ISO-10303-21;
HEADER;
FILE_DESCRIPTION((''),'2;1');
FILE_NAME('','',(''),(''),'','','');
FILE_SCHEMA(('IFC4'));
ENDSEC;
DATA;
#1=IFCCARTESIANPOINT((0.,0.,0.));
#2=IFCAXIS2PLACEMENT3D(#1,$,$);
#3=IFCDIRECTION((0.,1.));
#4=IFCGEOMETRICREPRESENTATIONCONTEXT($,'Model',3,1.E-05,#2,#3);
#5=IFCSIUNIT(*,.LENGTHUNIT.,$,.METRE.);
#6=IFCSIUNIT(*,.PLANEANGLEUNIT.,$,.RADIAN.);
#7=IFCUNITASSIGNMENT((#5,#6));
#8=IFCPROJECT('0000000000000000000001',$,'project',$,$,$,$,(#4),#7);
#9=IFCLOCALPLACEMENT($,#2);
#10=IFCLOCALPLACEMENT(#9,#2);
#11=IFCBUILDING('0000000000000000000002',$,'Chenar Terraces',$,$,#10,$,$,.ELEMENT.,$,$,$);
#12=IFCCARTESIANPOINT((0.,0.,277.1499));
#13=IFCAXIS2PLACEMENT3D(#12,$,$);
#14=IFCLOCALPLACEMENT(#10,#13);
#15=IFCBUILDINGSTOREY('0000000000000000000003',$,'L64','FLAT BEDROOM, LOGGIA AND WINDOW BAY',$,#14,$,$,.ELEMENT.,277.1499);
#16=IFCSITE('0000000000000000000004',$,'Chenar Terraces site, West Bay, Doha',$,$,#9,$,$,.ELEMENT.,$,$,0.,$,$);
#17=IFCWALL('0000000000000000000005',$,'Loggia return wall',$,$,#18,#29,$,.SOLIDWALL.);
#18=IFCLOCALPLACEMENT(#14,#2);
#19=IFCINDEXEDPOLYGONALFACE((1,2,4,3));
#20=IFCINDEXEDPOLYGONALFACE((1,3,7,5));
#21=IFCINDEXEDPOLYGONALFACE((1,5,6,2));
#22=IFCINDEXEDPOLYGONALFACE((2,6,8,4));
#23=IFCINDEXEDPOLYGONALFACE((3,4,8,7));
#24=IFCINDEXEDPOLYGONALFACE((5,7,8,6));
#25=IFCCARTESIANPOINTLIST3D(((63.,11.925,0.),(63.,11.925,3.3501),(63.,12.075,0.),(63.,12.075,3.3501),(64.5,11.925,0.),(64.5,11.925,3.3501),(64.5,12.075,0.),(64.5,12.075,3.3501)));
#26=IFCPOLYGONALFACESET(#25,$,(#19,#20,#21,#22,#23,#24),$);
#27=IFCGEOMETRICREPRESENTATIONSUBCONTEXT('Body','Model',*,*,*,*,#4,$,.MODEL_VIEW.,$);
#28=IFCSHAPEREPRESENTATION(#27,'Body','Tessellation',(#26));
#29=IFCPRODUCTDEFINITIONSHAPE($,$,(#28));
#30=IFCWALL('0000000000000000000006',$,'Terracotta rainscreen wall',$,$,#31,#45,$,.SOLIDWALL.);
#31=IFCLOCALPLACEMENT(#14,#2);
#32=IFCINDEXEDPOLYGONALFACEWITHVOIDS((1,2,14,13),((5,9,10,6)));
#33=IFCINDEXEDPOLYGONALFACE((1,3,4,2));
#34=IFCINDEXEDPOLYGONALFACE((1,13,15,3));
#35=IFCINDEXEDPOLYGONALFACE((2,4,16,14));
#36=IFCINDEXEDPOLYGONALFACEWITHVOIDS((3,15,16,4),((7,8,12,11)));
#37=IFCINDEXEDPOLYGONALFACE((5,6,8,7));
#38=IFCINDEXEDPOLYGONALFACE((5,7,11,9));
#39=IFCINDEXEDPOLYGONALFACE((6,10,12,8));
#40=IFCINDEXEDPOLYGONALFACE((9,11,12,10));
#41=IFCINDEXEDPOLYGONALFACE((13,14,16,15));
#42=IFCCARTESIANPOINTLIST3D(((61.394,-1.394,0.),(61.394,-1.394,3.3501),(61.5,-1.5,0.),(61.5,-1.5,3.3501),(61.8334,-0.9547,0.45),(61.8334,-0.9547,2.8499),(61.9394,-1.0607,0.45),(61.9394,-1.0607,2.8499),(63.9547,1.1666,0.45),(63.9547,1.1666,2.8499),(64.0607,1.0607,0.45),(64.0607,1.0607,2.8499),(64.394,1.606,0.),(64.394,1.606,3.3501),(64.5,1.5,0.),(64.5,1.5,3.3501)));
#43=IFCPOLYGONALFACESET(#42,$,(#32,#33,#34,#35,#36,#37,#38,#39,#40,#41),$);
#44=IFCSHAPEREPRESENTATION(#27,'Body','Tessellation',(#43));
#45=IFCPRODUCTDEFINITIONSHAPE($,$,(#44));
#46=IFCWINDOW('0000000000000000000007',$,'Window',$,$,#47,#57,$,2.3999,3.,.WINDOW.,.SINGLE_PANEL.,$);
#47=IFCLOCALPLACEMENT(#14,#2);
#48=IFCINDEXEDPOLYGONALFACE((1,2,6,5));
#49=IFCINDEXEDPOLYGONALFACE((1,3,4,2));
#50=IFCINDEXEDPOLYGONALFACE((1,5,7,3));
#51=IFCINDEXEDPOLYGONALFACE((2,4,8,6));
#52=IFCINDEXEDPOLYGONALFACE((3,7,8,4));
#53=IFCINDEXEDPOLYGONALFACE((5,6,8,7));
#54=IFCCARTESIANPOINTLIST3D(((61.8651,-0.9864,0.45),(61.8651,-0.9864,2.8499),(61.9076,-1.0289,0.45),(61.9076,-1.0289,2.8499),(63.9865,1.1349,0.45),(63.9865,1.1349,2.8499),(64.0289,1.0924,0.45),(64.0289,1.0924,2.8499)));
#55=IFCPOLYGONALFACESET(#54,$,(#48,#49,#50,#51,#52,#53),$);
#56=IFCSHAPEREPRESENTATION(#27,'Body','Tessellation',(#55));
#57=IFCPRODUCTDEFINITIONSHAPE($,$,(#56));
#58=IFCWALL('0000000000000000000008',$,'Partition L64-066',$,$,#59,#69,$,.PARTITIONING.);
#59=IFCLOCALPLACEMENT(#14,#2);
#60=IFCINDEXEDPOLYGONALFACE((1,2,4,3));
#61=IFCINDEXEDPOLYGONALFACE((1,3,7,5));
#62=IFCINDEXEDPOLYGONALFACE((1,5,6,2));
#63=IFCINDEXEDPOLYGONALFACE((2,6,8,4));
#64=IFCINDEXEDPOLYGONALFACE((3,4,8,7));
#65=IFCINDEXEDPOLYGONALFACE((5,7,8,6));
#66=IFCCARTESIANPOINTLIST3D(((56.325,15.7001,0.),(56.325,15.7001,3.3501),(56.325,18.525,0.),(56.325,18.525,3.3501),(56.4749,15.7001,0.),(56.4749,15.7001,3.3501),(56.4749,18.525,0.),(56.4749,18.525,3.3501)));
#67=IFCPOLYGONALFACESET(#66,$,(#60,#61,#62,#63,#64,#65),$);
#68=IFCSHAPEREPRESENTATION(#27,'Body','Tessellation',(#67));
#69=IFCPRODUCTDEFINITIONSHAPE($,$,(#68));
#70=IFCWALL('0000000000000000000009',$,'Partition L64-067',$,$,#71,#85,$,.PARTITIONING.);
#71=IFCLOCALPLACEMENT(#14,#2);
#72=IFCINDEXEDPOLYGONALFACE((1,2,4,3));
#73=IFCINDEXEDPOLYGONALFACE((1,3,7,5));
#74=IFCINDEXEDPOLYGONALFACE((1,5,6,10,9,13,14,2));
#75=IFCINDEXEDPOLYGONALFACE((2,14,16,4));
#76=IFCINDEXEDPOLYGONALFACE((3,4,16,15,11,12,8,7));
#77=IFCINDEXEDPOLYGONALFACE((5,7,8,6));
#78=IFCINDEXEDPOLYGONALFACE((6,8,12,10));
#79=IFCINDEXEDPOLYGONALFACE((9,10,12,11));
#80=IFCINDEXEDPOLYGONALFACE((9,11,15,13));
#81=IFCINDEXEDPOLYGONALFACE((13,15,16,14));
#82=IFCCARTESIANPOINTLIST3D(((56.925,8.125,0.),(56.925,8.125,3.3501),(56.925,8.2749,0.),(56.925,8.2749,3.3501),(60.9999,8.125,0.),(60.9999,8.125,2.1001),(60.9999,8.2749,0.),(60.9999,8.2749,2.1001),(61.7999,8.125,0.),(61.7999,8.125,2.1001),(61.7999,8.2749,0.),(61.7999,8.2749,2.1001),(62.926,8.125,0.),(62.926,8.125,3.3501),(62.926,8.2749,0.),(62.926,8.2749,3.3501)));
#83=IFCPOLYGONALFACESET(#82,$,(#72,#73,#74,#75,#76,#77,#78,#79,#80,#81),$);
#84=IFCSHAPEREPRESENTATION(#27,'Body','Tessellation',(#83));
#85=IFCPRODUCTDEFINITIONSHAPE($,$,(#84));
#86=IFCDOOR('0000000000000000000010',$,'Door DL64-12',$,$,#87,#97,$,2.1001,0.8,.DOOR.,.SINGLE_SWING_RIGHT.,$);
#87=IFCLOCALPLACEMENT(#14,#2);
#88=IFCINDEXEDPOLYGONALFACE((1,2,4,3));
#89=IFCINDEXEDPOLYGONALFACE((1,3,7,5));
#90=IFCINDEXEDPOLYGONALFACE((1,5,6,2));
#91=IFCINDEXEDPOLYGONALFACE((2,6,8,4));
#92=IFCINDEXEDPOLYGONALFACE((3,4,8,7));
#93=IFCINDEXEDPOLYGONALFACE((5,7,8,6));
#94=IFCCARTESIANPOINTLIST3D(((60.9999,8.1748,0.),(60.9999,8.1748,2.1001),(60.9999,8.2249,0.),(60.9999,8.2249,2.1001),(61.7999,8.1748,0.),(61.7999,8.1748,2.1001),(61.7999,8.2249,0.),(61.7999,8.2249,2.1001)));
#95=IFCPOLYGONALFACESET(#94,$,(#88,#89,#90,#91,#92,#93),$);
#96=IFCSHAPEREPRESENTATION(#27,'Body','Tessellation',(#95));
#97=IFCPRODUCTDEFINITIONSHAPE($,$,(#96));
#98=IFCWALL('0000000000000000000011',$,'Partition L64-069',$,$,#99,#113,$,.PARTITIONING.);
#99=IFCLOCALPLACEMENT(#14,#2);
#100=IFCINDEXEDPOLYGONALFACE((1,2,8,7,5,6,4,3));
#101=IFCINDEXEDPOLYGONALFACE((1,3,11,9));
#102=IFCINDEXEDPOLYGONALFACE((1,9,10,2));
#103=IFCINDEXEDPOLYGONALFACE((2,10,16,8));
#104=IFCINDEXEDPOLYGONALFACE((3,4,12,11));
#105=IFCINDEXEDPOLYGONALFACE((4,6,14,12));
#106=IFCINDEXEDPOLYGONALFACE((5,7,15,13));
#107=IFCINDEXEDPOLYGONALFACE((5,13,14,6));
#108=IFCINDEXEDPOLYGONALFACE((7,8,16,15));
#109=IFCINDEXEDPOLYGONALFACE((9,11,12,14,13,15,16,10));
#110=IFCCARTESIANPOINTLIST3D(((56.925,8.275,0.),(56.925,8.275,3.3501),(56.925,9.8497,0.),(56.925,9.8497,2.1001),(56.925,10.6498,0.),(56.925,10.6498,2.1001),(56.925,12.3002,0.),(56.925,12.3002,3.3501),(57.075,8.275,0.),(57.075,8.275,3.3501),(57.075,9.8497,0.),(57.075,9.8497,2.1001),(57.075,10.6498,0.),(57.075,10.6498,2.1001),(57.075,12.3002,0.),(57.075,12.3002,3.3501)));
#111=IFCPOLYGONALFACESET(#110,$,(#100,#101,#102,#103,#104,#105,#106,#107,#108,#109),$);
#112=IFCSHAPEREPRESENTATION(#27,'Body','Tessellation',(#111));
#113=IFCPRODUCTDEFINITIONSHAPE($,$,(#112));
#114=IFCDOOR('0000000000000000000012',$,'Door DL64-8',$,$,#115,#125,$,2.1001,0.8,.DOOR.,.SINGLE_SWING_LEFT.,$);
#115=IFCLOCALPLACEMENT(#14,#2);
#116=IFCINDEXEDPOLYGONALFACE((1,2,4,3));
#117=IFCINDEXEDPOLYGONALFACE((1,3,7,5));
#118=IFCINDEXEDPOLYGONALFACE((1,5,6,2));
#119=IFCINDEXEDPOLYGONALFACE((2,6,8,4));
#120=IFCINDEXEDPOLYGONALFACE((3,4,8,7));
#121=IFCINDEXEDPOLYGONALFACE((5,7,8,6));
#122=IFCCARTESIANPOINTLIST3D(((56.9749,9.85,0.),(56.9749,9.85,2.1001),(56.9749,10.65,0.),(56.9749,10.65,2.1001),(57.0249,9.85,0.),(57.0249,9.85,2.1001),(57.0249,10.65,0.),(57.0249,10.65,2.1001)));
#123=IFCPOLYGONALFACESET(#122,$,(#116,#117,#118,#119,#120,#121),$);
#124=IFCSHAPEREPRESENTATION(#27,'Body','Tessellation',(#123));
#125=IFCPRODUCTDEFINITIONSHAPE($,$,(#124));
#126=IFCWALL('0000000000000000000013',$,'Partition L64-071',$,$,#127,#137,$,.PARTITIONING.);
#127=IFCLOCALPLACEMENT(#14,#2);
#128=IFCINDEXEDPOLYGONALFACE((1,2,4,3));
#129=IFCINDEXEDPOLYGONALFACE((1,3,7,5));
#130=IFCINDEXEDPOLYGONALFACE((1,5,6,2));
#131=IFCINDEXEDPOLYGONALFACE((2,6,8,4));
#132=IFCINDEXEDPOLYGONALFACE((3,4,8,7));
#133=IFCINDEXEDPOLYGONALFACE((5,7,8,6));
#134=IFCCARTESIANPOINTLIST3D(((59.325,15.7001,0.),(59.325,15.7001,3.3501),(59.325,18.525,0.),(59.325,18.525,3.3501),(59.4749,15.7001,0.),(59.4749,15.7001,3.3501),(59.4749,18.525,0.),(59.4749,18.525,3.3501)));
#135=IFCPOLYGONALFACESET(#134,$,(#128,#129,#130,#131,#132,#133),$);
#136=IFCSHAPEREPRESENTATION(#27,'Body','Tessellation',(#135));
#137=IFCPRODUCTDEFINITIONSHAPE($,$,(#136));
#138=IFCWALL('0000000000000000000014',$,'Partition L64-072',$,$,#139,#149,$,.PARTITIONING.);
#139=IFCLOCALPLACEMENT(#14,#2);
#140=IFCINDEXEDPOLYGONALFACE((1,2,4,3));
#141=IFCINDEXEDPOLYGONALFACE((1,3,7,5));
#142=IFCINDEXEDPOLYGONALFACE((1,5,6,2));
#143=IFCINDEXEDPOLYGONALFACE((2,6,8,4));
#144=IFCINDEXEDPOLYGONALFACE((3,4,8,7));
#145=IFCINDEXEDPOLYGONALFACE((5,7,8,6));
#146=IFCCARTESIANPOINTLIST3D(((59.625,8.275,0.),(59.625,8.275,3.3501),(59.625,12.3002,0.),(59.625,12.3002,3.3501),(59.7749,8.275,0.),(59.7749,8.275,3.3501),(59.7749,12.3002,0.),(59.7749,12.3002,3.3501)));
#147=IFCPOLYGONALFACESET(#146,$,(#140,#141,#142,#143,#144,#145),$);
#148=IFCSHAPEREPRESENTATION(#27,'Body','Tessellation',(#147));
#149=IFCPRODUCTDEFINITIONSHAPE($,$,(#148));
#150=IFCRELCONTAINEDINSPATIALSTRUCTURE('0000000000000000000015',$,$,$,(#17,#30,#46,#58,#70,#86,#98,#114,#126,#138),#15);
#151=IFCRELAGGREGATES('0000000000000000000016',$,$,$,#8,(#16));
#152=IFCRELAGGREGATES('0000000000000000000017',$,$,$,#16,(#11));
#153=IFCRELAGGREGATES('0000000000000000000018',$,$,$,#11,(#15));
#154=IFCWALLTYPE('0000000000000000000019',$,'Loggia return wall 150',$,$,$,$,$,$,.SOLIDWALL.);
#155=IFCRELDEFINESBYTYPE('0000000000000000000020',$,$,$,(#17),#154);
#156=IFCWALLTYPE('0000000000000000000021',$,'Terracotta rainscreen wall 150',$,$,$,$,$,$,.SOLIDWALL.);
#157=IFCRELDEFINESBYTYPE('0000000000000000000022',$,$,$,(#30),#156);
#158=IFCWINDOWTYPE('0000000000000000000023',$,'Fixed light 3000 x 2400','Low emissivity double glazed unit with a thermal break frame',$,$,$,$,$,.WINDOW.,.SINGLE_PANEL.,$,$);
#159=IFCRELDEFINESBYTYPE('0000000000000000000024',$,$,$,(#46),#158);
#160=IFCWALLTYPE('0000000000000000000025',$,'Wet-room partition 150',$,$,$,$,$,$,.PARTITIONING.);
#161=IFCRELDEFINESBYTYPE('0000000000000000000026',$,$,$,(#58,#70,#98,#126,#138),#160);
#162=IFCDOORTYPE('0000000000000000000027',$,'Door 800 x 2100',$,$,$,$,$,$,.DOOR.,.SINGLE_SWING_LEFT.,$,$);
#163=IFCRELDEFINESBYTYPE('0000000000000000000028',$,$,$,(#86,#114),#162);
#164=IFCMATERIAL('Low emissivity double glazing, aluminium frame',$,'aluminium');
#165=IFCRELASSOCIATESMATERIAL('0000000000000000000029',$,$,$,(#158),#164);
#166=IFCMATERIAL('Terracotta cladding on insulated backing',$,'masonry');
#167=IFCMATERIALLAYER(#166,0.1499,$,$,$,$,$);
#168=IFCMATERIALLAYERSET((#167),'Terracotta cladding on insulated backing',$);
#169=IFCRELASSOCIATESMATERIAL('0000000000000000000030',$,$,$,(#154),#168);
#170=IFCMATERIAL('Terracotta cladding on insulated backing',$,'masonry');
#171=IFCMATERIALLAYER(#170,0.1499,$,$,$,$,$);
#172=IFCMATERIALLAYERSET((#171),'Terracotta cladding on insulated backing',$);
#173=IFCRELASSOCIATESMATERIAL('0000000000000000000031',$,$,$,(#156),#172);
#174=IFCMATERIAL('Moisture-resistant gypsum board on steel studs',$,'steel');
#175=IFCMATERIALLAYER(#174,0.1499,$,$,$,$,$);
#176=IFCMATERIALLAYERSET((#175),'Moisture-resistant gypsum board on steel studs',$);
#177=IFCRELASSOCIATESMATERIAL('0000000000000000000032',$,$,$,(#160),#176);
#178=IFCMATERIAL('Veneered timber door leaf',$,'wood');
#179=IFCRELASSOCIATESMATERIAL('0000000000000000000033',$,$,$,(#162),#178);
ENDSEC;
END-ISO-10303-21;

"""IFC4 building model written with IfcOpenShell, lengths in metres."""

from ifc_helpers import new_model, si_unit, direction, frame, frame_2d, origin, place, context, subcontext, project, spatial, rectangle, extrude, material, layer, layer_set, type_object, element, fill, save


model = new_model("IFC4")

# Units and contexts
model_context = context("Model", 3, precision=1e-05, world=origin(), true_north=direction((0.0, 1.0)))
body_context = subcontext(model_context, "Body", "Model", "MODEL_VIEW")
ifc_project = project(units=[si_unit("LENGTHUNIT", "METRE"), si_unit("PLANEANGLEUNIT", "RADIAN")], contexts=[model_context])

# Site, building, storey
site_placement = place(None, origin())
site = spatial("IfcSite", under=ifc_project, at=site_placement, Name="Chenar Terraces site, West Bay, Doha", CompositionType="ELEMENT", RefElevation=0.0)
building_placement = place(site_placement, origin())
building = spatial("IfcBuilding", under=site, at=building_placement, Name="Chenar Terraces", CompositionType="ELEMENT")
storey_placement = place(building_placement, frame((0.0, 0.0, 277.1499)))
storey = spatial("IfcBuildingStorey", under=building, at=storey_placement, Name="L64", Description="FLAT BEDROOM, LOGGIA AND WINDOW BAY", CompositionType="ELEMENT", Elevation=277.1499)

# Shared definitions
ifc_material_1 = material(Name="Low emissivity double glazing, aluminium frame", Category="aluminium")
window_type_1 = type_object("IfcWindowType", Name="Fixed light 3000 x 2400", Description="Low emissivity double glazed unit with a thermal break frame", PartitioningType="SINGLE_PANEL", PredefinedType="WINDOW", material=ifc_material_1)

# Wall
ifc_material_2 = material(Name="Terracotta cladding on insulated backing", Category="masonry")
ifc_layer_1 = layer(ifc_material_2, 0.1499)
ifc_layer_set_1 = layer_set([ifc_layer_1], Name="Terracotta cladding on insulated backing")
wall_type_1 = type_object("IfcWallType", Name="Loggia return wall 150", PredefinedType="SOLIDWALL", material=ifc_layer_set_1)
for number, where, z_axis, x_axis, name in (
    (1, (64.5, 12.0, 0.0), (0.0, 0.0, 1.0), (-1.0, 0.0, 0.0), "Loggia return wall"),
):
    element("IfcWall", number, at=place(storey_placement, frame(where, z_axis=z_axis, x_axis=x_axis)), inside=storey, type_object=wall_type_1, Name=name, PredefinedType="SOLIDWALL", context=body_context, shape_type="SweptSolid", body=[
        extrude(rectangle(XDim=1.5, YDim=0.1499, at=frame_2d((0.75, 0.0))), origin(), (0.0, 0.0, 1.0), 3.3501),
    ])

# Wall, opening, window
ifc_material_3 = material(Name="Terracotta cladding on insulated backing", Category="masonry")
ifc_layer_2 = layer(ifc_material_3, 0.1499)
ifc_layer_set_2 = layer_set([ifc_layer_2], Name="Terracotta cladding on insulated backing")
wall_type_2 = type_object("IfcWallType", Name="Terracotta rainscreen wall 150", PredefinedType="SOLIDWALL", material=ifc_layer_set_2)
wall_1_placement = place(storey_placement, frame((61.447, -1.447, 0.0), z_axis=(0.0, 0.0, 1.0), x_axis=(0.707107, 0.707107, 0.0)))
wall_1 = element("IfcWall", 2, at=wall_1_placement, inside=storey, type_object=wall_type_2, Name="Terracotta rainscreen wall", PredefinedType="SOLIDWALL", context=body_context, shape_type="SweptSolid", body=[
    extrude(rectangle(XDim=4.2427, YDim=0.1499, at=frame_2d((2.1213, 0.0))), origin(), (0.0, 0.0, 1.0), 3.3501),
])
opening_1_placement = place(wall_1_placement, frame((0.6213, 0.0, 0.45)))
opening_1 = element("IfcOpeningElement", 3, at=opening_1_placement, cuts=wall_1, PredefinedType="OPENING", context=body_context, shape_type="SweptSolid", body=[
    extrude(rectangle(XDim=3.0, YDim=2.3999, at=frame_2d((1.5, 1.2))), frame((0.0, 0.085, 0.0), z_axis=(0.0, -1.0, 0.0), x_axis=(1.0, 0.0, 0.0)), (0.0, 0.0, 1.0), 0.1699),
])
window_1_placement = place(opening_1_placement, origin())
window_1 = element("IfcWindow", 4, at=window_1_placement, inside=storey, type_object=window_type_1, Name="Window", OverallHeight=2.3999, OverallWidth=3.0, PartitioningType="SINGLE_PANEL", PredefinedType="WINDOW", context=body_context, shape_type="SweptSolid", body=[
    extrude(rectangle(XDim=3.0, YDim=2.3999, at=frame_2d((1.5, 1.2))), frame((0.0, 0.03, 0.0), z_axis=(0.0, -1.0, 0.0), x_axis=(1.0, 0.0, 0.0)), (0.0, 0.0, 1.0), 0.0601),
])
fill(opening_1, window_1)

# Wall
ifc_material_4 = material(Name="Moisture-resistant gypsum board on steel studs", Category="steel")
ifc_layer_3 = layer(ifc_material_4, 0.1499)
ifc_layer_set_3 = layer_set([ifc_layer_3], Name="Moisture-resistant gypsum board on steel studs")
wall_type_3 = type_object("IfcWallType", Name="Wet-room partition 150", PredefinedType="PARTITIONING", material=ifc_layer_set_3)
wall_2_placement = place(storey_placement, frame((56.3999, 15.7, 0.0), z_axis=(0.0, 0.0, 1.0), x_axis=(0.0, 1.0, 0.0)))
element("IfcWall", 5, at=wall_2_placement, inside=storey, type_object=wall_type_3, Name="Partition L64-066", PredefinedType="PARTITIONING", context=body_context, shape_type="SweptSolid", body=[
    extrude(rectangle(XDim=2.825, YDim=0.1499, at=frame_2d((1.4126, 0.0))), origin(), (0.0, 0.0, 1.0), 3.3501),
])

# Walls, openings, doors
wall_3_placement = place(storey_placement, frame((56.925, 8.2, 0.0), z_axis=(0.0, 0.0, 1.0), x_axis=(1.0, 0.0, 0.0)))
wall_3 = element("IfcWall", 6, at=wall_3_placement, inside=storey, type_object=wall_type_3, Name="Partition L64-067", PredefinedType="PARTITIONING", context=body_context, shape_type="SweptSolid", body=[
    extrude(rectangle(XDim=6.001, YDim=0.1499, at=frame_2d((3.0005, 0.0))), origin(), (0.0, 0.0, 1.0), 3.3501),
])
opening_2_placement = place(wall_3_placement, frame((4.075, 0.0, 0.0)))
opening_2 = element("IfcOpeningElement", 7, at=opening_2_placement, cuts=wall_3, PredefinedType="OPENING", context=body_context, shape_type="SweptSolid", body=[
    extrude(rectangle(XDim=0.8, YDim=2.1001, at=frame_2d((0.3999, 1.05))), frame((0.0, 0.085, 0.0), z_axis=(0.0, -1.0, 0.0), x_axis=(1.0, 0.0, 0.0)), (0.0, 0.0, 1.0), 0.1699),
])
ifc_material_5 = material(Name="Veneered timber door leaf", Category="wood")
door_type_1 = type_object("IfcDoorType", Name="Door 800 x 2100", OperationType="SINGLE_SWING_LEFT", PredefinedType="DOOR", material=ifc_material_5)
door_1_placement = place(opening_2_placement, origin())
door_1 = element("IfcDoor", 8, at=door_1_placement, inside=storey, type_object=door_type_1, Name="Door DL64-12", OperationType="SINGLE_SWING_RIGHT", OverallHeight=2.1001, OverallWidth=0.8, PredefinedType="DOOR", context=body_context, shape_type="SweptSolid", body=[
    extrude(rectangle(XDim=0.8, YDim=2.1001, at=frame_2d((0.3999, 1.05))), frame((0.0, 0.0249, 0.0), z_axis=(0.0, -1.0, 0.0), x_axis=(1.0, 0.0, 0.0)), (0.0, 0.0, 1.0), 0.05),
])
fill(opening_2, door_1)
wall_4_placement = place(storey_placement, frame((57.0, 8.2749, 0.0), z_axis=(0.0, 0.0, 1.0), x_axis=(0.0, 1.0, 0.0)))
wall_4 = element("IfcWall", 9, at=wall_4_placement, inside=storey, type_object=wall_type_3, Name="Partition L64-069", PredefinedType="PARTITIONING", context=body_context, shape_type="SweptSolid", body=[
    extrude(rectangle(XDim=4.0251, YDim=0.1499, at=frame_2d((2.0127, 0.0))), origin(), (0.0, 0.0, 1.0), 3.3501),
])
opening_3_placement = place(wall_4_placement, frame((1.575, 0.0, 0.0)))
opening_3 = element("IfcOpeningElement", 10, at=opening_3_placement, cuts=wall_4, PredefinedType="OPENING", context=body_context, shape_type="SweptSolid", body=[
    extrude(rectangle(XDim=0.8, YDim=2.1001, at=frame_2d((0.3999, 1.05))), frame((0.0, 0.085, 0.0), z_axis=(0.0, -1.0, 0.0), x_axis=(1.0, 0.0, 0.0)), (0.0, 0.0, 1.0), 0.1699),
])
door_2_placement = place(opening_3_placement, frame((0.8, 0.0, 0.0), z_axis=(0.0, 0.0, 1.0), x_axis=(-1.0, 0.0, 0.0)))
door_2 = element("IfcDoor", 11, at=door_2_placement, inside=storey, type_object=door_type_1, Name="Door DL64-8", OperationType="SINGLE_SWING_LEFT", OverallHeight=2.1001, OverallWidth=0.8, PredefinedType="DOOR", context=body_context, shape_type="SweptSolid", body=[
    extrude(rectangle(XDim=0.8, YDim=2.1001, at=frame_2d((0.3999, 1.05))), frame((0.0, 0.0249, 0.0), z_axis=(0.0, -1.0, 0.0), x_axis=(1.0, 0.0, 0.0)), (0.0, 0.0, 1.0), 0.05),
])
fill(opening_3, door_2)

# Walls
wall_5_placement = place(storey_placement, frame((59.3999, 15.7, 0.0), z_axis=(0.0, 0.0, 1.0), x_axis=(0.0, 1.0, 0.0)))
element("IfcWall", 12, at=wall_5_placement, inside=storey, type_object=wall_type_3, Name="Partition L64-071", PredefinedType="PARTITIONING", context=body_context, shape_type="SweptSolid", body=[
    extrude(rectangle(XDim=2.825, YDim=0.1499, at=frame_2d((1.4126, 0.0))), origin(), (0.0, 0.0, 1.0), 3.3501),
])
wall_6_placement = place(storey_placement, frame((59.7, 8.2749, 0.0), z_axis=(0.0, 0.0, 1.0), x_axis=(0.0, 1.0, 0.0)))
element("IfcWall", 13, at=wall_6_placement, inside=storey, type_object=wall_type_3, Name="Partition L64-072", PredefinedType="PARTITIONING", context=body_context, shape_type="SweptSolid", body=[
    extrude(rectangle(XDim=4.0251, YDim=0.1499, at=frame_2d((2.0127, 0.0))), origin(), (0.0, 0.0, 1.0), 3.3501),
])

save(model, "model.ifc")
